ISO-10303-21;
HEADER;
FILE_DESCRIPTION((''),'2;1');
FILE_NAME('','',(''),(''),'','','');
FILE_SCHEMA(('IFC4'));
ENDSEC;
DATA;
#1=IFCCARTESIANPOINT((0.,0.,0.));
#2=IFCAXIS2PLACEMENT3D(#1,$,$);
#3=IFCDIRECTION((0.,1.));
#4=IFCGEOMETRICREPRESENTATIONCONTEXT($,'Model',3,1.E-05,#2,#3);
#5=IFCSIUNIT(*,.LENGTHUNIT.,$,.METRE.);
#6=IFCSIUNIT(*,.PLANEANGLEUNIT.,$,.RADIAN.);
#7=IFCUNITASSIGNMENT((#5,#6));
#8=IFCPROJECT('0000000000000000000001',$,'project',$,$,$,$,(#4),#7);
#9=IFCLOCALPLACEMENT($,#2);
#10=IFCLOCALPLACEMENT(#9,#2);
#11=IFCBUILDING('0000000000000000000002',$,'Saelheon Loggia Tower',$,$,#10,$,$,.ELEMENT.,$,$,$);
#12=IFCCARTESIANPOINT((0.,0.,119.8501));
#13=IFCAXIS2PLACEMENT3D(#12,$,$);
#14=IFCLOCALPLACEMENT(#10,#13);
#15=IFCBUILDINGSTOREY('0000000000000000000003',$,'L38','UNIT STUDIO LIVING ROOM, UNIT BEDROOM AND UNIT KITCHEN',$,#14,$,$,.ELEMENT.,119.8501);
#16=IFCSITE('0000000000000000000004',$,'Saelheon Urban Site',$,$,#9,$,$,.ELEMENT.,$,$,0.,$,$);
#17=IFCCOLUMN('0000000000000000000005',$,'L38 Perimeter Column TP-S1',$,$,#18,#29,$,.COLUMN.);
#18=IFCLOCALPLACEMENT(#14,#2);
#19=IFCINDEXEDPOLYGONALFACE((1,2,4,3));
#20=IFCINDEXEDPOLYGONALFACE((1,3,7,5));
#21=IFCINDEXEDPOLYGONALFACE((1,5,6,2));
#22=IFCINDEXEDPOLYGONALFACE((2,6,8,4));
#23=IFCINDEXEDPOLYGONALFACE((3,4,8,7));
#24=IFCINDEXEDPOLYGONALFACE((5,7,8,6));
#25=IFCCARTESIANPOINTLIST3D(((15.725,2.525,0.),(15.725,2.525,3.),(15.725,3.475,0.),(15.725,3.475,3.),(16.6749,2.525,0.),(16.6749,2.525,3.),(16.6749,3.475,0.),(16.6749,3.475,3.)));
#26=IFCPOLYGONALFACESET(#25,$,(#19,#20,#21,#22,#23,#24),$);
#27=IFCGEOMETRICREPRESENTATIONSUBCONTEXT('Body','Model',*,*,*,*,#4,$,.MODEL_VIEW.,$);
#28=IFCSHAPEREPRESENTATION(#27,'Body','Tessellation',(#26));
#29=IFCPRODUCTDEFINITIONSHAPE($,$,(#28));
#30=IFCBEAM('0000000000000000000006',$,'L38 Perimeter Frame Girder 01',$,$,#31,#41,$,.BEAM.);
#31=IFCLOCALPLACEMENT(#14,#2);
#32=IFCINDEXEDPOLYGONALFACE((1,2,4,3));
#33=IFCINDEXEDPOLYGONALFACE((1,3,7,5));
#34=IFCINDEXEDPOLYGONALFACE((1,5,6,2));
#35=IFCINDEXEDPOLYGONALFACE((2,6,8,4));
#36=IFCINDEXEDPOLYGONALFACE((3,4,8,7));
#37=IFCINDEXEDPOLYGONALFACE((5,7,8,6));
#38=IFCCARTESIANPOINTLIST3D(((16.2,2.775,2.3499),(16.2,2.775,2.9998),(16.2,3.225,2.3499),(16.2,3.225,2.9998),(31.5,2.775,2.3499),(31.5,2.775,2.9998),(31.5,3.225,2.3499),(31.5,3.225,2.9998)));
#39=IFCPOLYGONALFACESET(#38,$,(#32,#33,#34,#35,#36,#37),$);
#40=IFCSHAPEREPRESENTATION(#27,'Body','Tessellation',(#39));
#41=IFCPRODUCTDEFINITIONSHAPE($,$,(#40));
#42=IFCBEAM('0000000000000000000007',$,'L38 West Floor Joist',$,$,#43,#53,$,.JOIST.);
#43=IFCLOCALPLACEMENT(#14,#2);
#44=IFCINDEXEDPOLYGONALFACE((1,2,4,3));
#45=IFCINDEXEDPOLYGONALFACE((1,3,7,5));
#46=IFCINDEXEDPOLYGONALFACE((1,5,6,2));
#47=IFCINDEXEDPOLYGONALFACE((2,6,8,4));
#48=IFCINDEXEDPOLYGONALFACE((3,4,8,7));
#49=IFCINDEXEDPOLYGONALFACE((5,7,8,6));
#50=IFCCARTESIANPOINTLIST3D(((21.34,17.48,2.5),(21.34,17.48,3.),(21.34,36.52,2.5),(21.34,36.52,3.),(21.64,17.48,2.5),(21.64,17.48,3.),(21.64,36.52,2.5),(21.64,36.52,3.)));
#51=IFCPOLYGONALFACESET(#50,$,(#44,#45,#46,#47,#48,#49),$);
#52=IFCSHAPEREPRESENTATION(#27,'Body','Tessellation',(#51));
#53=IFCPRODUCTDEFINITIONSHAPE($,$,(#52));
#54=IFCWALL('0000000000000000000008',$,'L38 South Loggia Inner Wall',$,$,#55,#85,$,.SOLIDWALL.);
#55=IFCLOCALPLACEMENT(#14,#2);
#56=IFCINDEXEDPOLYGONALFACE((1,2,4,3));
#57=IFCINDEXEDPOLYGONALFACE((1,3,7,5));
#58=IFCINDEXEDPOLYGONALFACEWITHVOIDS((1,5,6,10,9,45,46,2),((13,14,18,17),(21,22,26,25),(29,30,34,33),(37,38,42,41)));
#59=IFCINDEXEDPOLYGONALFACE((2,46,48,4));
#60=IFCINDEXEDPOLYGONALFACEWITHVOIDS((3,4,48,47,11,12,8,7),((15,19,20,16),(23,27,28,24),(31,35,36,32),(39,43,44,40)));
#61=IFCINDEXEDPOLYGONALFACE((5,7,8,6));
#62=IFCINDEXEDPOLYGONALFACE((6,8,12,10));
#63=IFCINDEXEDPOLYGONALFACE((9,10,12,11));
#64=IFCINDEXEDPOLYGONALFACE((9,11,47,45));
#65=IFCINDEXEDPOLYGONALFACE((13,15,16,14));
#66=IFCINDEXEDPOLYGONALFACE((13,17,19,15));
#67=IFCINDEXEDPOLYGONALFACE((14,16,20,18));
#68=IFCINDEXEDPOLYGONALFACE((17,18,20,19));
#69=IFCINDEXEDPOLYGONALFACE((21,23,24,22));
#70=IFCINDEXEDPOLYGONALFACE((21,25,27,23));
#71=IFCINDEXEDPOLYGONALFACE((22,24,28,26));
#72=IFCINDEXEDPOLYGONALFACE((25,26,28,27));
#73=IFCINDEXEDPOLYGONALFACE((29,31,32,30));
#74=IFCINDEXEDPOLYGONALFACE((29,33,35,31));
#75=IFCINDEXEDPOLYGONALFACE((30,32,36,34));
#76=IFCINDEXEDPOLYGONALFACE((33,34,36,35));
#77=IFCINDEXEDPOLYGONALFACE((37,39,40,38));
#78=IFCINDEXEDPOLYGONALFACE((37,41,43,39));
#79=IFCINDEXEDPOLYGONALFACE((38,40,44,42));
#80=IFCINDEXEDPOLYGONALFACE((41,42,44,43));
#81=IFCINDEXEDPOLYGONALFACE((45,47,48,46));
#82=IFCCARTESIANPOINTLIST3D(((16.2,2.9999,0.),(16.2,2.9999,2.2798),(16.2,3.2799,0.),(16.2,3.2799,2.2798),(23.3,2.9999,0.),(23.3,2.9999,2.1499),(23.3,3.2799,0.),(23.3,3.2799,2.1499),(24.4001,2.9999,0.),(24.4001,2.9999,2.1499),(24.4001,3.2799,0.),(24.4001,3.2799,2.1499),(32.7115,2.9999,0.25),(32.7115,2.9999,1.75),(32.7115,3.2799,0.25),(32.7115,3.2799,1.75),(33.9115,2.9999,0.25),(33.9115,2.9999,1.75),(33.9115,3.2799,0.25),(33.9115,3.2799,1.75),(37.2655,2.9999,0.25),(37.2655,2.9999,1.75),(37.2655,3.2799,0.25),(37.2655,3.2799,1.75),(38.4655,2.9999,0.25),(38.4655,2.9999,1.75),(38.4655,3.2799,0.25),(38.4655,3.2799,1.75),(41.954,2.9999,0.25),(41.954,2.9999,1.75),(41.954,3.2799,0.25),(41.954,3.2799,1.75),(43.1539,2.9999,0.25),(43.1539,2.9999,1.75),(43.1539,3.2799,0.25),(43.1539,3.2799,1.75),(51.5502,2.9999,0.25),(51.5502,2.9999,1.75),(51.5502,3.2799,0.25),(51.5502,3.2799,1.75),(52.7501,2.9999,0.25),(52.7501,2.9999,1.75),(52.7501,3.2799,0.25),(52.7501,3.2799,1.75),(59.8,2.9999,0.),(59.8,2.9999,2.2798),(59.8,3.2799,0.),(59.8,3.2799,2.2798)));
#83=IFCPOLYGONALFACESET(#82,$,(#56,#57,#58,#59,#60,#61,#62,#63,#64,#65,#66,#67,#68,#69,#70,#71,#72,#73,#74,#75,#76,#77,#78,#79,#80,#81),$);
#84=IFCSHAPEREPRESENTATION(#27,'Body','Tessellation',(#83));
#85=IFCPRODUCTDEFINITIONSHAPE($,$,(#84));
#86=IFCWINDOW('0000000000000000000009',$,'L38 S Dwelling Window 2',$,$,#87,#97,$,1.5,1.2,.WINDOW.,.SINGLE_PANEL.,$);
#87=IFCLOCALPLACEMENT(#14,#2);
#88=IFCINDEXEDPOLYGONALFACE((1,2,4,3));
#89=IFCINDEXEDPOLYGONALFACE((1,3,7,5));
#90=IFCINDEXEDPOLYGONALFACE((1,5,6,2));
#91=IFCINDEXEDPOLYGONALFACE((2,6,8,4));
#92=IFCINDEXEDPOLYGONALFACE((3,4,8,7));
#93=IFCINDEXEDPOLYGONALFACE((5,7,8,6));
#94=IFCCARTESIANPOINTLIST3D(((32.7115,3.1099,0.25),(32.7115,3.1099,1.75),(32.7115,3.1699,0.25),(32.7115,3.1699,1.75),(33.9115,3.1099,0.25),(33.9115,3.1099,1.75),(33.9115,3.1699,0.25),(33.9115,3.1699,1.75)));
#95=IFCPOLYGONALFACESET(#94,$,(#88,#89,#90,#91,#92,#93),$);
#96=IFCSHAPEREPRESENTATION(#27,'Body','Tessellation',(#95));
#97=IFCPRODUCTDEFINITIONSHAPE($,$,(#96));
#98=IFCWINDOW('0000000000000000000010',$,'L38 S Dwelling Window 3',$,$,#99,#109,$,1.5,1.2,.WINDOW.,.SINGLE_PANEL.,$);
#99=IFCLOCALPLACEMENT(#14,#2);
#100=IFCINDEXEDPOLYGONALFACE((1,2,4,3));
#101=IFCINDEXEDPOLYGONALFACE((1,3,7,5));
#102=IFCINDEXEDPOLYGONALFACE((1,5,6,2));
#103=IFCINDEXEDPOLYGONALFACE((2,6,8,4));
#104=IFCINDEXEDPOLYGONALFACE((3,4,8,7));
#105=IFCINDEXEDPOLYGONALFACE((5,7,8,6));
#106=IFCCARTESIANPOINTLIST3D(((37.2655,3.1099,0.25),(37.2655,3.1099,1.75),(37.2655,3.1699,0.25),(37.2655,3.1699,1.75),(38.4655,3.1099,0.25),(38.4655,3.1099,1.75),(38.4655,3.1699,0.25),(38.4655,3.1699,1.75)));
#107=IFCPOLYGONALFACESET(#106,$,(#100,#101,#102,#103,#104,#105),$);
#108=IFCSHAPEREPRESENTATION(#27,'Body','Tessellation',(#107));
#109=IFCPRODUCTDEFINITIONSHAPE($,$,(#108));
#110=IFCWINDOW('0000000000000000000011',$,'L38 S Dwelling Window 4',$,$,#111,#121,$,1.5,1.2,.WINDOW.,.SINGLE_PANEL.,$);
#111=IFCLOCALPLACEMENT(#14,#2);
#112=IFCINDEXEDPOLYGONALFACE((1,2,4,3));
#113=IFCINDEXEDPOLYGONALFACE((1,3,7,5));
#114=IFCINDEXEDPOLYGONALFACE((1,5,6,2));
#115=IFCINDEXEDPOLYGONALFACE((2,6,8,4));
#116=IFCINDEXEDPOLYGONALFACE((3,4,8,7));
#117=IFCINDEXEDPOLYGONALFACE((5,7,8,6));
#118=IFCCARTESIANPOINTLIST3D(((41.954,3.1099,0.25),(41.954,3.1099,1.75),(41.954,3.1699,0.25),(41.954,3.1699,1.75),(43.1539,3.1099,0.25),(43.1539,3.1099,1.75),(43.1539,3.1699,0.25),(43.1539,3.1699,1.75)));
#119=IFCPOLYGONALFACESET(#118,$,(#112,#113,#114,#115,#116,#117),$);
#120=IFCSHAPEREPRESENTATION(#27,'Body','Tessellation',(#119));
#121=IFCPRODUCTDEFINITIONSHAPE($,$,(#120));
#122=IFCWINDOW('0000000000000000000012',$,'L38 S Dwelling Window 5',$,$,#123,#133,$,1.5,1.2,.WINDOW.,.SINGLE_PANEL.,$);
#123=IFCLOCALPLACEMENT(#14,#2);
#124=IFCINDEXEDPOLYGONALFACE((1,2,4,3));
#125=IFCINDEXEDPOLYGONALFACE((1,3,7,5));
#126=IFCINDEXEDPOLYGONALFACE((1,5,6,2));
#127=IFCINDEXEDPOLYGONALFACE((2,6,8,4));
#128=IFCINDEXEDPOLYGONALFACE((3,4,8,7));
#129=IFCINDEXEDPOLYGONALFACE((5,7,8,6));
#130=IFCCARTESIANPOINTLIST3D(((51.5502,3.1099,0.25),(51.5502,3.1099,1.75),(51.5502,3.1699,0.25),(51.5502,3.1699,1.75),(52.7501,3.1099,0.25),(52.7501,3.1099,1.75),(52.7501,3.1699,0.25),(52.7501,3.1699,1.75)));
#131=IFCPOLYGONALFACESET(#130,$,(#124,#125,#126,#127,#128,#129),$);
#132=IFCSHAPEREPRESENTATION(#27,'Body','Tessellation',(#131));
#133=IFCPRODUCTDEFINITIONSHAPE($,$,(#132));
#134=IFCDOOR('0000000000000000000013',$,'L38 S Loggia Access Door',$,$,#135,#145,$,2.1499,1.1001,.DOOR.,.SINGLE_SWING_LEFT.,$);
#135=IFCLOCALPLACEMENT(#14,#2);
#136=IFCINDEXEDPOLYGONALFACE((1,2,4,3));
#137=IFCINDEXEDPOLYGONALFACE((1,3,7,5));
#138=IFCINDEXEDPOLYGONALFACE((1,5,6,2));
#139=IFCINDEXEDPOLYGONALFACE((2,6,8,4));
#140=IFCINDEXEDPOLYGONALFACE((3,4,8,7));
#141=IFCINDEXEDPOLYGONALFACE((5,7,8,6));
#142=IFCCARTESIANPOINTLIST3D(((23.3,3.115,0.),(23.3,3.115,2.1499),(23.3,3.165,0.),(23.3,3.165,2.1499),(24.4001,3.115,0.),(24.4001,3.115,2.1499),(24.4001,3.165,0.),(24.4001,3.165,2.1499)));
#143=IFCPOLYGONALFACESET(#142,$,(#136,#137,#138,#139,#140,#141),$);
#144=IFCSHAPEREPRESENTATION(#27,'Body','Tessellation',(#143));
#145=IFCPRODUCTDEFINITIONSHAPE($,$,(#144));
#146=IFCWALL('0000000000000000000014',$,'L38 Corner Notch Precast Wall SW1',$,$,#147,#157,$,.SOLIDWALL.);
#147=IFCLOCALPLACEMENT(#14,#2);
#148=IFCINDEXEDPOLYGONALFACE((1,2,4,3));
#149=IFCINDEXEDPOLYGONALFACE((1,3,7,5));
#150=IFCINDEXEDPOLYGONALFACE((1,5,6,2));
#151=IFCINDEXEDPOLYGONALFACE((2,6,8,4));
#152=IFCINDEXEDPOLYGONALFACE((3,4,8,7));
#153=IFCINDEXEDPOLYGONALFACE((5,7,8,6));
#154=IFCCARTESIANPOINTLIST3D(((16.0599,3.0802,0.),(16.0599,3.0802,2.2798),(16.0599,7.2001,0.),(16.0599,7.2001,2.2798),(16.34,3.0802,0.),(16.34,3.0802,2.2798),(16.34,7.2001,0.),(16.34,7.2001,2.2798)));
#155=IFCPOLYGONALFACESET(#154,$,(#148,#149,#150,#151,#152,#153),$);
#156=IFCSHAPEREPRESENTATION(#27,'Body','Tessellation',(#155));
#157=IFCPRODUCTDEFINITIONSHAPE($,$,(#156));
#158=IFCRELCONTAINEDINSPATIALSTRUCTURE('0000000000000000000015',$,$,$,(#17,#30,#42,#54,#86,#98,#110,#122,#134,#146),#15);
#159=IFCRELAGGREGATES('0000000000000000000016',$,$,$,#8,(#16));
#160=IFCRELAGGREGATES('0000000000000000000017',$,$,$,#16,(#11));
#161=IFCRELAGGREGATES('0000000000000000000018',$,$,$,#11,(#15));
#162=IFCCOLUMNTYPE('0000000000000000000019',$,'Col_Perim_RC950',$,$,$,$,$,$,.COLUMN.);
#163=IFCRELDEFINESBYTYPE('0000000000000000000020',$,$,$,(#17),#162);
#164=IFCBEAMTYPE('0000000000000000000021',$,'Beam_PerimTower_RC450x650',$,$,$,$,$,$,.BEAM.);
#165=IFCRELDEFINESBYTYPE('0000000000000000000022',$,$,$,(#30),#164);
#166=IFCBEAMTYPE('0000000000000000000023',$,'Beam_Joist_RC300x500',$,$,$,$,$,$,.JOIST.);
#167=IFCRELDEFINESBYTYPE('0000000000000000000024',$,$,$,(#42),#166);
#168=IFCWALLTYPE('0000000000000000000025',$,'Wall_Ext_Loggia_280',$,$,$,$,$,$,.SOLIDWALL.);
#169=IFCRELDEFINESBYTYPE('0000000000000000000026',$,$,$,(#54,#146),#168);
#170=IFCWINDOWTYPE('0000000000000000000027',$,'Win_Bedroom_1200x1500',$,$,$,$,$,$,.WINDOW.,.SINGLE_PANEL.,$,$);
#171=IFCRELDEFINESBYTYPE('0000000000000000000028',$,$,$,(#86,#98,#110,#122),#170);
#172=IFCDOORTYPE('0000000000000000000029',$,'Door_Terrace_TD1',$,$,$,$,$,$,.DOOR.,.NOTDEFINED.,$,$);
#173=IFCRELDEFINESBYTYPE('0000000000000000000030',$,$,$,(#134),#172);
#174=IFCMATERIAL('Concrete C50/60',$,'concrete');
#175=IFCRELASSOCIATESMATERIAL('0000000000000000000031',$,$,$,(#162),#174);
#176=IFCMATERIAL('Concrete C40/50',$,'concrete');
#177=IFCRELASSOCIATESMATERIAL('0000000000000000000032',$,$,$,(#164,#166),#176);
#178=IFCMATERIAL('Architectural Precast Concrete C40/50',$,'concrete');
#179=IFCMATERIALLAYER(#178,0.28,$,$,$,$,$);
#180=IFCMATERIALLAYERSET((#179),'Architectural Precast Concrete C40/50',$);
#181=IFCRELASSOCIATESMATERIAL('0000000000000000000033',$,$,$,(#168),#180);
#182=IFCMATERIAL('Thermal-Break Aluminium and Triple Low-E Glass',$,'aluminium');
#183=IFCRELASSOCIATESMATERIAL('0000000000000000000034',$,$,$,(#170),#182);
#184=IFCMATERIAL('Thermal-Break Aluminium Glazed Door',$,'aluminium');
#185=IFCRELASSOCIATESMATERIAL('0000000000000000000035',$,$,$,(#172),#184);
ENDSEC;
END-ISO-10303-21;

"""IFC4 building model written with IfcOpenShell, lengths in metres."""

from ifc_helpers import new_model, si_unit, direction, frame, frame_2d, origin, origin_2d, place, context, subcontext, project, spatial, rectangle, extrude, source, transform, mapped, material, layer, layer_set, material_profile, profile_set, type_object, element, fill, save


model = new_model("IFC4")

# Units and contexts
model_context = context("Model", 3, precision=1e-05, world=origin(), true_north=direction((0.0, 1.0)))
body_context = subcontext(model_context, "Body", "Model", "MODEL_VIEW")
ifc_project = project(units=[si_unit("LENGTHUNIT", "METRE"), si_unit("PLANEANGLEUNIT", "RADIAN")], contexts=[model_context])

# Site, building, storey
site_placement = place(None, origin())
site = spatial("IfcSite", under=ifc_project, at=site_placement, Name="Saelheon Urban Site", CompositionType="ELEMENT", RefElevation=0.0)
building_placement = place(site_placement, origin())
building = spatial("IfcBuilding", under=site, at=building_placement, Name="Saelheon Loggia Tower", CompositionType="ELEMENT")
storey_placement = place(building_placement, frame((0.0, 0.0, 119.8501)))
storey = spatial("IfcBuildingStorey", under=building, at=storey_placement, Name="L38", Description="UNIT STUDIO LIVING ROOM, UNIT BEDROOM AND UNIT KITCHEN", CompositionType="ELEMENT", Elevation=119.8501)

# Column
ifc_material_1 = material(Name="Concrete C50/60", Category="concrete")
ifc_material_profile_1 = material_profile(ifc_material_1, rectangle(XDim=0.95, YDim=0.95, at=origin_2d()), Name="RC-950x950")
ifc_profile_set_1 = profile_set([ifc_material_profile_1], Name="Concrete C50/60")
column_type = type_object("IfcColumnType", Name="Col_Perim_RC950", PredefinedType="COLUMN", material=ifc_profile_set_1)
shared_shape_1 = source(origin(), body_context, "Body", "SweptSolid", [
    extrude(rectangle(XDim=0.95, YDim=0.95, at=origin_2d()), origin(), (0.0, 0.0, 1.0), 3.0),
])
column_placement = place(storey_placement, frame((16.2, 3.0, 0.0), z_axis=(0.0, 0.0, 1.0), x_axis=(1.0, 0.0, 0.0)))
element("IfcColumn", 1, at=column_placement, inside=storey, type_object=column_type, Name="L38 Perimeter Column TP-S1", PredefinedType="COLUMN", context=body_context, shape_type="MappedRepresentation", body=[
    mapped(shared_shape_1, transform((0.0, 0.0, 0.0), scale=1.0)),
])

# Beams
ifc_material_2 = material(Name="Concrete C40/50", Category="concrete")
ifc_material_profile_2 = material_profile(ifc_material_2, rectangle(XDim=0.45, YDim=0.6499, at=origin_2d()), Name="RC-450x650")
ifc_profile_set_2 = profile_set([ifc_material_profile_2], Name="Concrete C40/50")
beam_type_1 = type_object("IfcBeamType", Name="Beam_PerimTower_RC450x650", PredefinedType="BEAM", material=ifc_profile_set_2)
shared_shape_2 = source(origin(), body_context, "Body", "SweptSolid", [
    extrude(rectangle(XDim=0.45, YDim=0.6499, at=origin_2d()), origin(), (0.0, 0.0, 1.0), 15.3),
])
beam_1_placement = place(storey_placement, frame((16.2, 3.0, 2.6748), z_axis=(1.0, 0.0, 0.0), x_axis=(0.0, 1.0, 0.0)))
element("IfcBeam", 2, at=beam_1_placement, inside=storey, type_object=beam_type_1, Name="L38 Perimeter Frame Girder 01", PredefinedType="BEAM", context=body_context, shape_type="MappedRepresentation", body=[
    mapped(shared_shape_2, transform((0.0, 0.0, 0.0), scale=1.0)),
])
ifc_material_profile_3 = material_profile(ifc_material_2, rectangle(XDim=0.3, YDim=0.5, at=origin_2d()), Name="RC-300x500")
ifc_profile_set_3 = profile_set([ifc_material_profile_3], Name="Concrete C40/50")
beam_type_2 = type_object("IfcBeamType", Name="Beam_Joist_RC300x500", PredefinedType="JOIST", material=ifc_profile_set_3)
shared_shape_3 = source(origin(), body_context, "Body", "SweptSolid", [
    extrude(rectangle(XDim=0.3, YDim=0.5, at=origin_2d()), origin(), (0.0, 0.0, 1.0), 19.04),
])
beam_2_placement = place(storey_placement, frame((21.49, 17.48, 2.75), z_axis=(0.0, 1.0, 0.0), x_axis=(-1.0, 0.0, 0.0)))
element("IfcBeam", 3, at=beam_2_placement, inside=storey, type_object=beam_type_2, Name="L38 West Floor Joist", PredefinedType="JOIST", context=body_context, shape_type="MappedRepresentation", body=[
    mapped(shared_shape_3, transform((0.0, 0.0, 0.0), scale=1.0)),
])

# Wall, openings, windows, door
ifc_material_3 = material(Name="Architectural Precast Concrete C40/50", Category="concrete")
ifc_layer_1 = layer(ifc_material_3, 0.28)
ifc_layer_set_1 = layer_set([ifc_layer_1], Name="Architectural Precast Concrete C40/50")
wall_type_1 = type_object("IfcWallType", Name="Wall_Ext_Loggia_280", PredefinedType="SOLIDWALL", material=ifc_layer_set_1)
wall_1_placement = place(storey_placement, frame((16.2, 3.1399, 0.0), z_axis=(0.0, 0.0, 1.0), x_axis=(1.0, 0.0, 0.0)))
wall_1 = element("IfcWall", 4, at=wall_1_placement, inside=storey, type_object=wall_type_1, Name="L38 South Loggia Inner Wall", PredefinedType="SOLIDWALL", context=body_context, shape_type="SweptSolid", body=[
    extrude(rectangle(XDim=43.6001, YDim=0.28, at=frame_2d((21.8, 0.0))), origin(), (0.0, 0.0, 1.0), 2.2798),
])
opening_1_placement = place(wall_1_placement, frame((8.2002, 0.0, 0.0), z_axis=(0.0, 0.0, 1.0), x_axis=(-1.0, 0.0, 0.0)))
opening_1 = element("IfcOpeningElement", 5, at=opening_1_placement, cuts=wall_1, PredefinedType="OPENING", context=body_context, shape_type="SweptSolid", body=[
    extrude(rectangle(XDim=1.1001, YDim=2.1499, at=frame_2d((0.55, 1.075))), frame((0.0, 0.1521, 0.0), z_axis=(0.0, -1.0, 0.0), x_axis=(1.0, 0.0, 0.0)), (0.0, 0.0, 1.0), 0.304),
])
opening_2_placement = place(wall_1_placement, frame((16.5115, 0.0, 0.25)))
opening_2 = element("IfcOpeningElement", 6, at=opening_2_placement, cuts=wall_1, PredefinedType="OPENING", context=body_context, shape_type="SweptSolid", body=[
    extrude(rectangle(XDim=1.2, YDim=1.5, at=frame_2d((0.6001, 0.75))), frame((0.0, 0.1521, 0.0), z_axis=(0.0, -1.0, 0.0), x_axis=(1.0, 0.0, 0.0)), (0.0, 0.0, 1.0), 0.304),
])
opening_3_placement = place(wall_1_placement, frame((21.0654, 0.0, 0.25)))
opening_3 = element("IfcOpeningElement", 7, at=opening_3_placement, cuts=wall_1, PredefinedType="OPENING", context=body_context, shape_type="SweptSolid", body=[
    extrude(rectangle(XDim=1.2, YDim=1.5, at=frame_2d((0.6001, 0.75))), frame((0.0, 0.1521, 0.0), z_axis=(0.0, -1.0, 0.0), x_axis=(1.0, 0.0, 0.0)), (0.0, 0.0, 1.0), 0.304),
])
opening_4_placement = place(wall_1_placement, frame((25.7539, 0.0, 0.25)))
opening_4 = element("IfcOpeningElement", 8, at=opening_4_placement, cuts=wall_1, PredefinedType="OPENING", context=body_context, shape_type="SweptSolid", body=[
    extrude(rectangle(XDim=1.2, YDim=1.5, at=frame_2d((0.6001, 0.75))), frame((0.0, 0.1521, 0.0), z_axis=(0.0, -1.0, 0.0), x_axis=(1.0, 0.0, 0.0)), (0.0, 0.0, 1.0), 0.304),
])
opening_5_placement = place(wall_1_placement, frame((35.3501, 0.0, 0.25)))
opening_5 = element("IfcOpeningElement", 9, at=opening_5_placement, cuts=wall_1, PredefinedType="OPENING", context=body_context, shape_type="SweptSolid", body=[
    extrude(rectangle(XDim=1.2, YDim=1.5, at=frame_2d((0.6001, 0.75))), frame((0.0, 0.1521, 0.0), z_axis=(0.0, -1.0, 0.0), x_axis=(1.0, 0.0, 0.0)), (0.0, 0.0, 1.0), 0.304),
])
ifc_material_4 = material(Name="Thermal-Break Aluminium and Triple Low-E Glass", Category="aluminium")
window_type = type_object("IfcWindowType", Name="Win_Bedroom_1200x1500", PartitioningType="SINGLE_PANEL", PredefinedType="WINDOW", material=ifc_material_4)
shared_shape_4 = source(origin(), body_context, "Body", "SweptSolid", [
    extrude(rectangle(XDim=1.2, YDim=1.5, at=frame_2d((0.6001, 0.75))), frame((0.0, 0.03, 0.0), z_axis=(0.0, -1.0, 0.0), x_axis=(1.0, 0.0, 0.0)), (0.0, 0.0, 1.0), 0.0601),
])
window_1_placement = place(opening_2_placement, origin())
window_1 = element("IfcWindow", 10, at=window_1_placement, inside=storey, type_object=window_type, Name="L38 S Dwelling Window 2", OverallHeight=1.5, OverallWidth=1.2, PartitioningType="SINGLE_PANEL", PredefinedType="WINDOW", context=body_context, shape_type="MappedRepresentation", body=[
    mapped(shared_shape_4, transform((0.0, 0.0, 0.0), scale=1.0)),
])
fill(opening_2, window_1)
window_2_placement = place(opening_3_placement, origin())
window_2 = element("IfcWindow", 11, at=window_2_placement, inside=storey, type_object=window_type, Name="L38 S Dwelling Window 3", OverallHeight=1.5, OverallWidth=1.2, PartitioningType="SINGLE_PANEL", PredefinedType="WINDOW", context=body_context, shape_type="MappedRepresentation", body=[
    mapped(shared_shape_4, transform((0.0, 0.0, 0.0), scale=1.0)),
])
fill(opening_3, window_2)
window_3_placement = place(opening_4_placement, origin())
window_3 = element("IfcWindow", 12, at=window_3_placement, inside=storey, type_object=window_type, Name="L38 S Dwelling Window 4", OverallHeight=1.5, OverallWidth=1.2, PartitioningType="SINGLE_PANEL", PredefinedType="WINDOW", context=body_context, shape_type="MappedRepresentation", body=[
    mapped(shared_shape_4, transform((0.0, 0.0, 0.0), scale=1.0)),
])
fill(opening_4, window_3)
window_4_placement = place(opening_5_placement, origin())
window_4 = element("IfcWindow", 13, at=window_4_placement, inside=storey, type_object=window_type, Name="L38 S Dwelling Window 5", OverallHeight=1.5, OverallWidth=1.2, PartitioningType="SINGLE_PANEL", PredefinedType="WINDOW", context=body_context, shape_type="MappedRepresentation", body=[
    mapped(shared_shape_4, transform((0.0, 0.0, 0.0), scale=1.0)),
])
fill(opening_5, window_4)
ifc_material_5 = material(Name="Thermal-Break Aluminium Glazed Door", Category="aluminium")
door_type_1 = type_object("IfcDoorType", Name="Door_Terrace_TD1", OperationType="NOTDEFINED", PredefinedType="DOOR", material=ifc_material_5)
shared_shape_5 = source(origin(), body_context, "Body", "SweptSolid", [
    extrude(rectangle(XDim=1.1001, YDim=2.1499, at=frame_2d((0.55, 1.075))), frame((0.0, 0.0249, 0.0), z_axis=(0.0, -1.0, 0.0), x_axis=(1.0, 0.0, 0.0)), (0.0, 0.0, 1.0), 0.05),
])
door_1_placement = place(opening_1_placement, origin())
door_1 = element("IfcDoor", 14, at=door_1_placement, inside=storey, type_object=door_type_1, Name="L38 S Loggia Access Door", OperationType="SINGLE_SWING_LEFT", OverallHeight=2.1499, OverallWidth=1.1001, PredefinedType="DOOR", context=body_context, shape_type="MappedRepresentation", body=[
    mapped(shared_shape_5, transform((0.0, 0.0, 0.0), scale=1.0)),
])
fill(opening_1, door_1)

# Wall
wall_2_placement = place(storey_placement, frame((16.2, 3.0801, 0.0), z_axis=(0.0, 0.0, 1.0), x_axis=(0.0, 1.0, 0.0)))
element("IfcWall", 15, at=wall_2_placement, inside=storey, type_object=wall_type_1, Name="L38 Corner Notch Precast Wall SW1", PredefinedType="SOLIDWALL", context=body_context, shape_type="SweptSolid", body=[
    extrude(rectangle(XDim=4.1199, YDim=0.28, at=frame_2d((2.0601, 0.0))), origin(), (0.0, 0.0, 1.0), 2.2798),
])

save(model, "model.ifc")
